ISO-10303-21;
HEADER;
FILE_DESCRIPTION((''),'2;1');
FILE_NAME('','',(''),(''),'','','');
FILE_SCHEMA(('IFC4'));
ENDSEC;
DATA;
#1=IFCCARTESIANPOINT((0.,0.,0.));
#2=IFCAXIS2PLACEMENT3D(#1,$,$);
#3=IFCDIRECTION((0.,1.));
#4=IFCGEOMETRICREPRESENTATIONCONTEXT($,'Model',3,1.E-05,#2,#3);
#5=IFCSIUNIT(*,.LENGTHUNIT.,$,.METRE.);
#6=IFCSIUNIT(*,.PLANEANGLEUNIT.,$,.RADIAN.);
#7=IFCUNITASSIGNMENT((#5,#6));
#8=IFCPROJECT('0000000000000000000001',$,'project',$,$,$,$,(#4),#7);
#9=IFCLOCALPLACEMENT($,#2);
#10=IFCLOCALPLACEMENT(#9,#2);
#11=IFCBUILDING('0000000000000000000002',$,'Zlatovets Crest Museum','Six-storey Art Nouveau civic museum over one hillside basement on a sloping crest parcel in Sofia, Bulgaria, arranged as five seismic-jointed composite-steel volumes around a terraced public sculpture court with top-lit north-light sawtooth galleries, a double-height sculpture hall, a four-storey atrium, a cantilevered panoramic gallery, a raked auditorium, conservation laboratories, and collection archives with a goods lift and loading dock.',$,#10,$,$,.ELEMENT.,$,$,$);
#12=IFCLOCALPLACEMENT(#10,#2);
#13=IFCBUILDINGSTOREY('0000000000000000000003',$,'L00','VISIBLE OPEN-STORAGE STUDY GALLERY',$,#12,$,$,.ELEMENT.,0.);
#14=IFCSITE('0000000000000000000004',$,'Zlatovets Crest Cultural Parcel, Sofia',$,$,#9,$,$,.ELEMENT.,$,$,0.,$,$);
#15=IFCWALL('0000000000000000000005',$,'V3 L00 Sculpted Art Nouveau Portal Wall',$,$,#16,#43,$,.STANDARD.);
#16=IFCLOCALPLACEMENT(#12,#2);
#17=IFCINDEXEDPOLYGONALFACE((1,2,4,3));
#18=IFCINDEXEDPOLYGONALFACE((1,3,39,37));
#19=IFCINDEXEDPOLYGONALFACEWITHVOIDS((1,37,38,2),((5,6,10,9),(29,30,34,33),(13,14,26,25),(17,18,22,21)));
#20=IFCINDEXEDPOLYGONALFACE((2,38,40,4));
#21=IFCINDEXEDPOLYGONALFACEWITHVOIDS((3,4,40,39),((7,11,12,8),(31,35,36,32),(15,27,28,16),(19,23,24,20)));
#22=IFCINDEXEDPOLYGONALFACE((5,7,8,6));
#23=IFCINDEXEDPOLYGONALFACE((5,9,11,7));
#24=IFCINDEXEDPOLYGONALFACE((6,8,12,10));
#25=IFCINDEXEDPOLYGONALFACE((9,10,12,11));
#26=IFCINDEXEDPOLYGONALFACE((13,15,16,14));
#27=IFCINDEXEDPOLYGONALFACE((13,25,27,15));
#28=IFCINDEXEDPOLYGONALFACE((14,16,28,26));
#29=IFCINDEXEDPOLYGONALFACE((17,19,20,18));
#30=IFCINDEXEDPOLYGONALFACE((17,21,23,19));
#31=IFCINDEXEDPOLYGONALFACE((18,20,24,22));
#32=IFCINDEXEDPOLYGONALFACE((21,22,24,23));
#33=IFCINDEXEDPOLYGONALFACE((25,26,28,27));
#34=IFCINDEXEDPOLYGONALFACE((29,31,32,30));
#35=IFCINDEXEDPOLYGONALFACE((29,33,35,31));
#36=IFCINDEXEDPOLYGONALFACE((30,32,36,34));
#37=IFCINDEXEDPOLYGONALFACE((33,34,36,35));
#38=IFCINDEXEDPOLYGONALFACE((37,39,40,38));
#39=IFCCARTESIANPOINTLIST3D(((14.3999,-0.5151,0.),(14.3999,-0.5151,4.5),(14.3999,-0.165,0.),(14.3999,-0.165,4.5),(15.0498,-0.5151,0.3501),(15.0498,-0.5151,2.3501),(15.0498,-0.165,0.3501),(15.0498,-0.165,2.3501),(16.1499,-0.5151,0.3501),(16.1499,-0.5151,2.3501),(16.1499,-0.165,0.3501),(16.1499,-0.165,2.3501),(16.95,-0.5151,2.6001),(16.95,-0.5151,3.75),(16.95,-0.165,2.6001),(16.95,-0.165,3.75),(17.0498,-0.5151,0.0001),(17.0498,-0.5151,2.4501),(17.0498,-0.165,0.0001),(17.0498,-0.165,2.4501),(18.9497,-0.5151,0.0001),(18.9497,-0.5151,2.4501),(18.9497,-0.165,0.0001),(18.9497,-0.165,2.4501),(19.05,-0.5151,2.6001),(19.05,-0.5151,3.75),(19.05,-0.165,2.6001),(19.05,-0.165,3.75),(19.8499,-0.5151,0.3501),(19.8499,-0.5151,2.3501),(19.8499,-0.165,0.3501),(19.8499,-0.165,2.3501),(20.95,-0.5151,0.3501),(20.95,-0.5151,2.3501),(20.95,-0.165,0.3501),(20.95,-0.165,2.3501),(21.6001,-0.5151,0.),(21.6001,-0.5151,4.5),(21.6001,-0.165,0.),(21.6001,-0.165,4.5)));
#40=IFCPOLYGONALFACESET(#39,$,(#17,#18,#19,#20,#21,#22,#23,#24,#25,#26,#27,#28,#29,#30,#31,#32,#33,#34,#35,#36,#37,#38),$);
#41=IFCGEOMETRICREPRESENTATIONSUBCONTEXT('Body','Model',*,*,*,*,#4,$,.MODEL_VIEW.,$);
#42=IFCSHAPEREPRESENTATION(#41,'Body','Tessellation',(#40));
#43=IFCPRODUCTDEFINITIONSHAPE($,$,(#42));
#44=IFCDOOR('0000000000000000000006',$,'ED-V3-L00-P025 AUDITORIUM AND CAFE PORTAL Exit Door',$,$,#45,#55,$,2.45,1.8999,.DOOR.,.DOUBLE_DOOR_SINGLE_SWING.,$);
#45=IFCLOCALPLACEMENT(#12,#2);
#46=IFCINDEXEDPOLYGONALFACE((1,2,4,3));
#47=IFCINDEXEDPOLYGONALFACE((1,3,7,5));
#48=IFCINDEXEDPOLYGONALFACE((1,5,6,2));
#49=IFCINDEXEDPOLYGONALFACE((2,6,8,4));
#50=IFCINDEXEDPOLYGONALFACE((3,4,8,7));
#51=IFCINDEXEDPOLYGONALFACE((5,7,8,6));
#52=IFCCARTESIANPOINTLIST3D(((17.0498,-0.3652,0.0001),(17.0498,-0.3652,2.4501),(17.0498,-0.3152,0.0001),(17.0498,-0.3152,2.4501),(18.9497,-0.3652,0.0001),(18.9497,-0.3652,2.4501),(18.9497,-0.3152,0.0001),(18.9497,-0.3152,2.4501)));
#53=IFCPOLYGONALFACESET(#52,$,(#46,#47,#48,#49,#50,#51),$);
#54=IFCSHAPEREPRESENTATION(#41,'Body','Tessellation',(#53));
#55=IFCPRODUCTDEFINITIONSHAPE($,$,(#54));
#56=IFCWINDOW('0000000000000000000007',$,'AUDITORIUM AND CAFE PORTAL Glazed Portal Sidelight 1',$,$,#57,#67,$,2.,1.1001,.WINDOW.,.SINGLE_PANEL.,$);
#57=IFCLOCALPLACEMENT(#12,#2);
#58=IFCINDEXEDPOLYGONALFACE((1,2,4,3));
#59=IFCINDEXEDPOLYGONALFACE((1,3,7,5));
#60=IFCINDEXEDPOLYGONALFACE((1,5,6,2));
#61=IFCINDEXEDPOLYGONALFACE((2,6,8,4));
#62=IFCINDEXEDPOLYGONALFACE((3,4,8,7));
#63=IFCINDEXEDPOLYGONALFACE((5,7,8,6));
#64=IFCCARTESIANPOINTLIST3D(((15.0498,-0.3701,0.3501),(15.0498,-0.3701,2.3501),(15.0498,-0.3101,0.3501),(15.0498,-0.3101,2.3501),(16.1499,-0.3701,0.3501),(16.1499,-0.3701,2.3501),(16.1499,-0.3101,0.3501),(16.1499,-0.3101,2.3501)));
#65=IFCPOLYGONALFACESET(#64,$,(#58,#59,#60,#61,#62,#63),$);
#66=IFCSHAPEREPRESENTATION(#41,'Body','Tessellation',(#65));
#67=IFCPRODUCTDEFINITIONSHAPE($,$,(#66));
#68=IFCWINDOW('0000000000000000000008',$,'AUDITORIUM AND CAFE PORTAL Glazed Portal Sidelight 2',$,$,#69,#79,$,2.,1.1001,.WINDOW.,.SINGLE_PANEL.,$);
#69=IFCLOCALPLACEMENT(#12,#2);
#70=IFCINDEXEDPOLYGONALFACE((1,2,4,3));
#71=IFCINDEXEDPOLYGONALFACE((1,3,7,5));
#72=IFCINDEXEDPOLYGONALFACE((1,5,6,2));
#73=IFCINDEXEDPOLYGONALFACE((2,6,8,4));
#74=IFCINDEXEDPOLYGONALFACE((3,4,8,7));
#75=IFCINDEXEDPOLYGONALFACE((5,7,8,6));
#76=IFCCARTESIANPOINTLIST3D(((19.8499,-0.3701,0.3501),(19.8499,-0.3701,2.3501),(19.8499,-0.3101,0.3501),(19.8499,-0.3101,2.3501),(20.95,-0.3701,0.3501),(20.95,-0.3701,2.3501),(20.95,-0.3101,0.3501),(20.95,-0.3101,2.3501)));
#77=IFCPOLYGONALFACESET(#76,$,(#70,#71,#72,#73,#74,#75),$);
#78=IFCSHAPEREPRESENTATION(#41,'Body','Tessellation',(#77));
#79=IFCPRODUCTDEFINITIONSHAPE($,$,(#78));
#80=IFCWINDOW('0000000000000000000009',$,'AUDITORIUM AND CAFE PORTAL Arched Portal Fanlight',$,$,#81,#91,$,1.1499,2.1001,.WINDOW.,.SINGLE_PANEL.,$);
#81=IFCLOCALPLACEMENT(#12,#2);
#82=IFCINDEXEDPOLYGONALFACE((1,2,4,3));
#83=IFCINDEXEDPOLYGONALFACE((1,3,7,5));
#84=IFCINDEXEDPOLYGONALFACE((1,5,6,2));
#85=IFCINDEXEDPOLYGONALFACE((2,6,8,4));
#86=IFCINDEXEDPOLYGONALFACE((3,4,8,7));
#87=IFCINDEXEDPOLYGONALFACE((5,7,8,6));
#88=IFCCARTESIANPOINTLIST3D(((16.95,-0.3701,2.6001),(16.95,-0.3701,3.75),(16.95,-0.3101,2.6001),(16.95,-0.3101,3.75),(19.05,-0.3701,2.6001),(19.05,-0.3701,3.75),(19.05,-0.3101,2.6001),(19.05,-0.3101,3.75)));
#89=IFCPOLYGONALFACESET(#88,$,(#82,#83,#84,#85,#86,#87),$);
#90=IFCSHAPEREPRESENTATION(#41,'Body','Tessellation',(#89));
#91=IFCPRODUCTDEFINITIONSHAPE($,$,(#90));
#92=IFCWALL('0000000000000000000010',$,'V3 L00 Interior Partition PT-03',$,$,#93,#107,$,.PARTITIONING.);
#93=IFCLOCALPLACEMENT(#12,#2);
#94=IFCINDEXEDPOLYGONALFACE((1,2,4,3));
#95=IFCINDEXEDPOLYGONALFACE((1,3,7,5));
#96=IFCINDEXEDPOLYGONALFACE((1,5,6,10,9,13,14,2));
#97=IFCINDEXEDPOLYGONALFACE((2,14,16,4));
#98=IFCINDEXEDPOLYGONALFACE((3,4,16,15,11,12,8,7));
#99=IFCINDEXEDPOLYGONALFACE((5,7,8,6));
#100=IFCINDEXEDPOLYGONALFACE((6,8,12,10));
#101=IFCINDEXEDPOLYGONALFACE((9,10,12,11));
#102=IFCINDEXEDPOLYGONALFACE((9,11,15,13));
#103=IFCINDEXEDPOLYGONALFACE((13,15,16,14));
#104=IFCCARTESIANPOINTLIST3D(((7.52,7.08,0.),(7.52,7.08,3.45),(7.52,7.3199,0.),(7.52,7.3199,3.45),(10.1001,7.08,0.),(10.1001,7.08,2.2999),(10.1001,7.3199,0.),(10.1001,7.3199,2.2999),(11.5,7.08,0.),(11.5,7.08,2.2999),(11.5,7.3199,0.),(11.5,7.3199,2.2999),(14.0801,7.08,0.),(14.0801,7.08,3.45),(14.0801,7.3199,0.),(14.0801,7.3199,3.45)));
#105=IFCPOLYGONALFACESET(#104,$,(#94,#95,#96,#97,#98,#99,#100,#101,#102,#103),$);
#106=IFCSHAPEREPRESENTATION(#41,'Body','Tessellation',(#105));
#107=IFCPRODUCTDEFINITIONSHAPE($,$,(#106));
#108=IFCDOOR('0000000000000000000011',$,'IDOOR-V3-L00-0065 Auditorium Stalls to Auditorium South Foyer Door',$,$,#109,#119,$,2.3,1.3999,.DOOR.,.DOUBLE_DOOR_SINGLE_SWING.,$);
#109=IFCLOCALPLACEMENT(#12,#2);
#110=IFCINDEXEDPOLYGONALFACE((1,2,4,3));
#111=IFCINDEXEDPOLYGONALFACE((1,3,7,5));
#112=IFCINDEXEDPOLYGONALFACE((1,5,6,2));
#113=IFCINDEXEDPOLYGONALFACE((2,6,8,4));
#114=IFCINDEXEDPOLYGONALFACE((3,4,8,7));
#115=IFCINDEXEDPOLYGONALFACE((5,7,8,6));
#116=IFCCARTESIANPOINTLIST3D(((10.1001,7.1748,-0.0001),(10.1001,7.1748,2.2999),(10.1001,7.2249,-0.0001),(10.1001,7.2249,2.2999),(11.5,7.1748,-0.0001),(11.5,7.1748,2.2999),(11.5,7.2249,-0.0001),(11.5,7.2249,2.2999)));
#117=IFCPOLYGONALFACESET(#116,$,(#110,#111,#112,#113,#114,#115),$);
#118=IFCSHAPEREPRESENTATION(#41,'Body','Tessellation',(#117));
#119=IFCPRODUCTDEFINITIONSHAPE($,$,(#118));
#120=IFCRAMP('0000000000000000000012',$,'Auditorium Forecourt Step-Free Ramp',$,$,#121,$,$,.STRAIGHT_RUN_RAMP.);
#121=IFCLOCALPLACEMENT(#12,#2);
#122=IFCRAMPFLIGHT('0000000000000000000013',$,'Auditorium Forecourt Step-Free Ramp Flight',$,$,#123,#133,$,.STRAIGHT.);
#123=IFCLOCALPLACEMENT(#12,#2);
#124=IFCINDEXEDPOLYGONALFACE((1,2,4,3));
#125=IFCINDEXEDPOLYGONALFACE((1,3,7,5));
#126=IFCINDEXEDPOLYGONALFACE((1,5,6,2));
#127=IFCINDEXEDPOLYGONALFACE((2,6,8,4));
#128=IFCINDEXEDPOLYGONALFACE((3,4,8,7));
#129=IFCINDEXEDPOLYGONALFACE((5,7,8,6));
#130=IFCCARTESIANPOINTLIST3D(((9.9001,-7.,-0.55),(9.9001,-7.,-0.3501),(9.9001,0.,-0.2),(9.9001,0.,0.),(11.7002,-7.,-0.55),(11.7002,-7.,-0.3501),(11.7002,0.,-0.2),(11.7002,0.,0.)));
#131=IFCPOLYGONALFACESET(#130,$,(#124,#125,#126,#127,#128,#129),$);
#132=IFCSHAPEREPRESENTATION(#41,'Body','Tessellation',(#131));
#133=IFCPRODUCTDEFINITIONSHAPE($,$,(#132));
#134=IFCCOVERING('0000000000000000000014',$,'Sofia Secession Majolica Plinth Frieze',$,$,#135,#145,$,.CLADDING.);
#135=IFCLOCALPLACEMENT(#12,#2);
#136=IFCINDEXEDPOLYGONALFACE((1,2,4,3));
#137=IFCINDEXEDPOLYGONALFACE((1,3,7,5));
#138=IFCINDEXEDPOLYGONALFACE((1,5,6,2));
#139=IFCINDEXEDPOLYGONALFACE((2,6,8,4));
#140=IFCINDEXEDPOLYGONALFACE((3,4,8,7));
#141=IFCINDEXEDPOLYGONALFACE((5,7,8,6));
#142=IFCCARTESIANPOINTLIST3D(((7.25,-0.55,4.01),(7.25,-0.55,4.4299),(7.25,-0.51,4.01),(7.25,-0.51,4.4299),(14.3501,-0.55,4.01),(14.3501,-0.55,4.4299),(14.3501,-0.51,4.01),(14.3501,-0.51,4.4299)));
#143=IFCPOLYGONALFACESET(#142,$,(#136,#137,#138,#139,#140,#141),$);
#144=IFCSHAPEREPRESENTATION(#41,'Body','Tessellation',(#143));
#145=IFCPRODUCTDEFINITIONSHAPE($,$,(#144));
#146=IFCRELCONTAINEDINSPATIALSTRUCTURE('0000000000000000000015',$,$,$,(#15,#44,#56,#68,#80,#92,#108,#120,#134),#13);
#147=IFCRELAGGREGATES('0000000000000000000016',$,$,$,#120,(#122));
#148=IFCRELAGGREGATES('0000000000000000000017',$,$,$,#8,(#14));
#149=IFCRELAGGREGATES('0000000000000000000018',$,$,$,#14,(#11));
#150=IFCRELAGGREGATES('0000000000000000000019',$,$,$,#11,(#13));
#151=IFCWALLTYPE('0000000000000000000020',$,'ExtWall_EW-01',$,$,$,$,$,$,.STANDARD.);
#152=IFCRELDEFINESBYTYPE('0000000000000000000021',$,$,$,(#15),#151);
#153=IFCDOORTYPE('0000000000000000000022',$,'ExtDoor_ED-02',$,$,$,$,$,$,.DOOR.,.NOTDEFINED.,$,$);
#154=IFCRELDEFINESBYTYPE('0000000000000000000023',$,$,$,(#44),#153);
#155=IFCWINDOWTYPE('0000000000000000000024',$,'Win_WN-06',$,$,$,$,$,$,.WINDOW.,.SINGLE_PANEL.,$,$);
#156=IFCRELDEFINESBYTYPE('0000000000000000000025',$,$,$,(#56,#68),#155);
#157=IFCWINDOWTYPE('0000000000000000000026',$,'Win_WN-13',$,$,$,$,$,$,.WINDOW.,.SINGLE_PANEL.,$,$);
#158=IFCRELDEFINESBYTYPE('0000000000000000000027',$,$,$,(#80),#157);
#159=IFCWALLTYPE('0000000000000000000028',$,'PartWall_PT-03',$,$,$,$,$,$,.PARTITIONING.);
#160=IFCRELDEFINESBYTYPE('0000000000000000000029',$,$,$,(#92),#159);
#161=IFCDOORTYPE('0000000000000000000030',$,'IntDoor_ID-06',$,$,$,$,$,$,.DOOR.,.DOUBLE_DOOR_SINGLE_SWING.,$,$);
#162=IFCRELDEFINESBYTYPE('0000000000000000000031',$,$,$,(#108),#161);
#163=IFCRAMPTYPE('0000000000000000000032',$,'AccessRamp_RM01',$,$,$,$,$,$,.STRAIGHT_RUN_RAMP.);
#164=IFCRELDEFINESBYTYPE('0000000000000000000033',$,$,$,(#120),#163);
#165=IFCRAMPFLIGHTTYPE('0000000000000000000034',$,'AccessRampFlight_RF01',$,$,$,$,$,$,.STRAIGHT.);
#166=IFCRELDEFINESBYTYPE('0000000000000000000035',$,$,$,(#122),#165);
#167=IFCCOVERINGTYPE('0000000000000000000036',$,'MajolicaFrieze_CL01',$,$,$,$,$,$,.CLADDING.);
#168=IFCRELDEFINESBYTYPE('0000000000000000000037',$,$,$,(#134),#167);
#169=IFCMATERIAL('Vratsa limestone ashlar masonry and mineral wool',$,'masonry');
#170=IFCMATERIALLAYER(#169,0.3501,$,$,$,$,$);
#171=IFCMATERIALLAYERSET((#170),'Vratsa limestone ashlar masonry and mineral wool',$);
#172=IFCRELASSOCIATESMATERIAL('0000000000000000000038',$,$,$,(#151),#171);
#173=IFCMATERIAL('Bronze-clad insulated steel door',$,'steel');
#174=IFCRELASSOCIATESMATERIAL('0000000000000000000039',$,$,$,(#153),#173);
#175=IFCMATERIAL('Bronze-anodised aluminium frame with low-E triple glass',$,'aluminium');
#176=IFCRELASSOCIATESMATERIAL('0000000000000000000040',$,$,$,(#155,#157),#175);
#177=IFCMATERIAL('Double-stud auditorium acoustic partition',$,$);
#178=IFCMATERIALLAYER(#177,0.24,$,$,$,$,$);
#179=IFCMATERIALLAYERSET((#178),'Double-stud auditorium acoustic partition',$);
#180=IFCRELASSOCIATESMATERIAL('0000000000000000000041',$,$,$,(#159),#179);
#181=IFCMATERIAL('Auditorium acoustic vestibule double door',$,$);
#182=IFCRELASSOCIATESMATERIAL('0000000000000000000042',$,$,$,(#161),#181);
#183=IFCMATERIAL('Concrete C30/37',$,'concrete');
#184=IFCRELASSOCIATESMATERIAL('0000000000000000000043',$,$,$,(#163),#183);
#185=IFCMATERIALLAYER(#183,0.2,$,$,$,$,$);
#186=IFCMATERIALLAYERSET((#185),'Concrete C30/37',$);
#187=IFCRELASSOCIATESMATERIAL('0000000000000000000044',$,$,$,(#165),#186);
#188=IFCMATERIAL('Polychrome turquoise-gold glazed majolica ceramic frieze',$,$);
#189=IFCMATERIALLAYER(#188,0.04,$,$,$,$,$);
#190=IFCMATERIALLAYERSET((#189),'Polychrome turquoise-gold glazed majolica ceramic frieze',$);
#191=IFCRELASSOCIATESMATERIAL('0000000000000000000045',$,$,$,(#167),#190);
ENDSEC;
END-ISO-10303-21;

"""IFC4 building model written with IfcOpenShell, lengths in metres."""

from ifc_helpers import new_model, si_unit, direction, frame, frame_2d, origin, origin_2d, place, context, subcontext, project, spatial, polyline, rectangle, outline, extrude, material, layer, layer_set, type_object, element, fill, aggregate, save


model = new_model("IFC4")

# Units and contexts
model_context = context("Model", 3, precision=1e-05, world=origin(), true_north=direction((0.0, 1.0)))
body_context = subcontext(model_context, "Body", "Model", "MODEL_VIEW")
ifc_project = project(units=[si_unit("LENGTHUNIT", "METRE"), si_unit("PLANEANGLEUNIT", "RADIAN")], contexts=[model_context])

# Site, building, storey
site_placement = place(None, origin())
site = spatial("IfcSite", under=ifc_project, at=site_placement, Name="Zlatovets Crest Cultural Parcel, Sofia", CompositionType="ELEMENT", RefElevation=0.0)
building_placement = place(site_placement, origin())
building = spatial("IfcBuilding", under=site, at=building_placement, Name="Zlatovets Crest Museum", Description="Six-storey Art Nouveau civic museum over one hillside basement on a sloping crest parcel in Sofia, Bulgaria, arranged as five seismic-jointed composite-steel volumes around a terraced public sculpture court with top-lit north-light sawtooth galleries, a double-height sculpture hall, a four-storey atrium, a cantilevered panoramic gallery, a raked auditorium, conservation laboratories, and collection archives with a goods lift and loading dock.", CompositionType="ELEMENT")
storey_placement = place(building_placement, origin())
storey = spatial("IfcBuildingStorey", under=building, at=storey_placement, Name="L00", Description="VISIBLE OPEN-STORAGE STUDY GALLERY", CompositionType="ELEMENT", Elevation=0.0)

# Wall, openings, door, windows
ifc_material_1 = material(Name="Vratsa limestone ashlar masonry and mineral wool", Category="masonry")
ifc_layer_1 = layer(ifc_material_1, 0.3501)
ifc_layer_set_1 = layer_set([ifc_layer_1], Name="Vratsa limestone ashlar masonry and mineral wool")
wall_type_1 = type_object("IfcWallType", Name="ExtWall_EW-01", PredefinedType="STANDARD", material=ifc_layer_set_1)
wall_1_placement = place(storey_placement, frame((14.3999, -0.3401, 0.0), z_axis=(0.0, 0.0, 1.0), x_axis=(1.0, 0.0, 0.0)))
wall_1 = element("IfcWall", 1, at=wall_1_placement, inside=storey, type_object=wall_type_1, Name="V3 L00 Sculpted Art Nouveau Portal Wall", PredefinedType="STANDARD", context=body_context, shape_type="SweptSolid", body=[
    extrude(rectangle(XDim=7.2002, YDim=0.3501, at=frame_2d((3.6001, 0.0))), origin(), (0.0, 0.0, 1.0), 4.5),
])
opening_1_placement = place(wall_1_placement, frame((2.6499, 0.0, 0.0)))
opening_1 = element("IfcOpeningElement", 2, at=opening_1_placement, cuts=wall_1, PredefinedType="OPENING", context=body_context, shape_type="SweptSolid", body=[
    extrude(rectangle(XDim=1.8999, YDim=2.45, at=frame_2d((0.95, 1.2251))), frame((0.0, 0.1851, 0.0), z_axis=(0.0, -1.0, 0.0), x_axis=(1.0, 0.0, 0.0)), (0.0, 0.0, 1.0), 0.3701),
])
opening_2_placement = place(wall_1_placement, frame((2.55, 0.0, 2.6001)))
opening_2 = element("IfcOpeningElement", 3, at=opening_2_placement, cuts=wall_1, PredefinedType="OPENING", context=body_context, shape_type="SweptSolid", body=[
    extrude(rectangle(XDim=2.1001, YDim=1.1499, at=frame_2d((1.05, 0.575))), frame((0.0, 0.1851, 0.0), z_axis=(0.0, -1.0, 0.0), x_axis=(1.0, 0.0, 0.0)), (0.0, 0.0, 1.0), 0.3701),
])
opening_3_placement = place(wall_1_placement, frame((0.6499, 0.0, 0.3501)))
opening_3 = element("IfcOpeningElement", 4, at=opening_3_placement, cuts=wall_1, PredefinedType="OPENING", context=body_context, shape_type="SweptSolid", body=[
    extrude(rectangle(XDim=1.1001, YDim=2.0, at=frame_2d((0.55, 1.0))), frame((0.0, 0.1851, 0.0), z_axis=(0.0, -1.0, 0.0), x_axis=(1.0, 0.0, 0.0)), (0.0, 0.0, 1.0), 0.3701),
])
opening_4_placement = place(wall_1_placement, frame((5.45, 0.0, 0.3501)))
opening_4 = element("IfcOpeningElement", 5, at=opening_4_placement, cuts=wall_1, PredefinedType="OPENING", context=body_context, shape_type="SweptSolid", body=[
    extrude(rectangle(XDim=1.1001, YDim=2.0, at=frame_2d((0.55, 1.0))), frame((0.0, 0.1851, 0.0), z_axis=(0.0, -1.0, 0.0), x_axis=(1.0, 0.0, 0.0)), (0.0, 0.0, 1.0), 0.3701),
])
ifc_material_2 = material(Name="Bronze-clad insulated steel door", Category="steel")
door_type_1 = type_object("IfcDoorType", Name="ExtDoor_ED-02", OperationType="NOTDEFINED", PredefinedType="DOOR", material=ifc_material_2)
door_1_placement = place(opening_1_placement, origin())
door_1 = element("IfcDoor", 6, at=door_1_placement, inside=storey, type_object=door_type_1, Name="ED-V3-L00-P025 AUDITORIUM AND CAFE PORTAL Exit Door", OperationType="DOUBLE_DOOR_SINGLE_SWING", OverallHeight=2.45, OverallWidth=1.8999, PredefinedType="DOOR", context=body_context, shape_type="SweptSolid", body=[
    extrude(rectangle(XDim=1.8999, YDim=2.45, at=frame_2d((0.95, 1.2251))), frame((0.0, 0.0249, 0.0), z_axis=(0.0, -1.0, 0.0), x_axis=(1.0, 0.0, 0.0)), (0.0, 0.0, 1.0), 0.05),
])
fill(opening_1, door_1)
ifc_material_3 = material(Name="Bronze-anodised aluminium frame with low-E triple glass", Category="aluminium")
window_type_1 = type_object("IfcWindowType", Name="Win_WN-06", PartitioningType="SINGLE_PANEL", PredefinedType="WINDOW", material=ifc_material_3)
window_1_placement = place(opening_3_placement, origin())
window_1 = element("IfcWindow", 7, at=window_1_placement, inside=storey, type_object=window_type_1, Name="AUDITORIUM AND CAFE PORTAL Glazed Portal Sidelight 1", OverallHeight=2.0, OverallWidth=1.1001, PartitioningType="SINGLE_PANEL", PredefinedType="WINDOW", context=body_context, shape_type="SweptSolid", body=[
    extrude(rectangle(XDim=1.1001, YDim=2.0, at=frame_2d((0.55, 1.0))), frame((0.0, 0.03, 0.0), z_axis=(0.0, -1.0, 0.0), x_axis=(1.0, 0.0, 0.0)), (0.0, 0.0, 1.0), 0.0601),
])
fill(opening_3, window_1)
window_2_placement = place(opening_4_placement, origin())
window_2 = element("IfcWindow", 8, at=window_2_placement, inside=storey, type_object=window_type_1, Name="AUDITORIUM AND CAFE PORTAL Glazed Portal Sidelight 2", OverallHeight=2.0, OverallWidth=1.1001, PartitioningType="SINGLE_PANEL", PredefinedType="WINDOW", context=body_context, shape_type="SweptSolid", body=[
    extrude(rectangle(XDim=1.1001, YDim=2.0, at=frame_2d((0.55, 1.0))), frame((0.0, 0.03, 0.0), z_axis=(0.0, -1.0, 0.0), x_axis=(1.0, 0.0, 0.0)), (0.0, 0.0, 1.0), 0.0601),
])
fill(opening_4, window_2)
window_type_2 = type_object("IfcWindowType", Name="Win_WN-13", PartitioningType="SINGLE_PANEL", PredefinedType="WINDOW", material=ifc_material_3)
window_3_placement = place(opening_2_placement, origin())
window_3 = element("IfcWindow", 9, at=window_3_placement, inside=storey, type_object=window_type_2, Name="AUDITORIUM AND CAFE PORTAL Arched Portal Fanlight", OverallHeight=1.1499, OverallWidth=2.1001, PartitioningType="SINGLE_PANEL", PredefinedType="WINDOW", context=body_context, shape_type="SweptSolid", body=[
    extrude(rectangle(XDim=2.1001, YDim=1.1499, at=frame_2d((1.05, 0.575))), frame((0.0, 0.03, 0.0), z_axis=(0.0, -1.0, 0.0), x_axis=(1.0, 0.0, 0.0)), (0.0, 0.0, 1.0), 0.0601),
])
fill(opening_2, window_3)

# Wall, opening, door
ifc_material_4 = material(Name="Double-stud auditorium acoustic partition")
ifc_layer_2 = layer(ifc_material_4, 0.24)
ifc_layer_set_2 = layer_set([ifc_layer_2], Name="Double-stud auditorium acoustic partition")
wall_type_2 = type_object("IfcWallType", Name="PartWall_PT-03", PredefinedType="PARTITIONING", material=ifc_layer_set_2)
wall_2_placement = place(storey_placement, frame((7.52, 7.2, 0.0), z_axis=(0.0, 0.0, 1.0), x_axis=(1.0, 0.0, 0.0)))
wall_2 = element("IfcWall", 10, at=wall_2_placement, inside=storey, type_object=wall_type_2, Name="V3 L00 Interior Partition PT-03", PredefinedType="PARTITIONING", context=body_context, shape_type="SweptSolid", body=[
    extrude(rectangle(XDim=6.5601, YDim=0.24, at=frame_2d((3.28, 0.0))), origin(), (0.0, 0.0, 1.0), 3.45),
])
opening_5_placement = place(wall_2_placement, frame((2.5801, 0.0, 0.0)))
opening_5 = element("IfcOpeningElement", 11, at=opening_5_placement, cuts=wall_2, PredefinedType="OPENING", context=body_context, shape_type="SweptSolid", body=[
    extrude(rectangle(XDim=1.3999, YDim=2.3, at=frame_2d((0.7, 1.1499))), frame((0.0, 0.1299, 0.0), z_axis=(0.0, -1.0, 0.0), x_axis=(1.0, 0.0, 0.0)), (0.0, 0.0, 1.0), 0.26),
])
ifc_material_5 = material(Name="Auditorium acoustic vestibule double door")
door_type_2 = type_object("IfcDoorType", Name="IntDoor_ID-06", OperationType="DOUBLE_DOOR_SINGLE_SWING", PredefinedType="DOOR", material=ifc_material_5)
door_2_placement = place(opening_5_placement, origin())
door_2 = element("IfcDoor", 12, at=door_2_placement, inside=storey, type_object=door_type_2, Name="IDOOR-V3-L00-0065 Auditorium Stalls to Auditorium South Foyer Door", OperationType="DOUBLE_DOOR_SINGLE_SWING", OverallHeight=2.3, OverallWidth=1.3999, PredefinedType="DOOR", context=body_context, shape_type="SweptSolid", body=[
    extrude(rectangle(XDim=1.3999, YDim=2.3, at=frame_2d((0.7, 1.1499))), frame((0.0, 0.0249, 0.0), z_axis=(0.0, -1.0, 0.0), x_axis=(1.0, 0.0, 0.0)), (0.0, 0.0, 1.0), 0.05),
])
fill(opening_5, door_2)

# Ramp, ramp flight
ifc_material_6 = material(Name="Concrete C30/37", Category="concrete")
ramp_type = type_object("IfcRampType", Name="AccessRamp_RM01", PredefinedType="STRAIGHT_RUN_RAMP", material=ifc_material_6)
ramp_placement = place(storey_placement, origin())
ramp = element("IfcRamp", 13, at=ramp_placement, inside=storey, type_object=ramp_type, Name="Auditorium Forecourt Step-Free Ramp", PredefinedType="STRAIGHT_RUN_RAMP")
ifc_layer_3 = layer(ifc_material_6, 0.2)
ifc_layer_set_3 = layer_set([ifc_layer_3], Name="Concrete C30/37")
ramp_flight_type = type_object("IfcRampFlightType", Name="AccessRampFlight_RF01", PredefinedType="STRAIGHT", material=ifc_layer_set_3)
ramp_flight_placement = place(storey_placement, frame((10.8, -7.0, -0.3501), z_axis=(0.0, 0.0, 1.0), x_axis=(0.0, 1.0, 0.0)))
ramp_flight = element("IfcRampFlight", 14, at=ramp_flight_placement, type_object=ramp_flight_type, Name="Auditorium Forecourt Step-Free Ramp Flight", PredefinedType="STRAIGHT", context=body_context, shape_type="SweptSolid", body=[
    extrude(outline(polyline([(0.0, 0.0), (7.0, 0.3501), (7.0, 0.1501), (0.0, -0.2), (0.0, 0.0)])), frame((0.0, 0.8999, 0.0), z_axis=(0.0, -1.0, 0.0), x_axis=(1.0, 0.0, 0.0)), (0.0, 0.0, 1.0), 1.8),
])
aggregate(ramp, [ramp_flight])

# Covering
ifc_material_7 = material(Name="Polychrome turquoise-gold glazed majolica ceramic frieze")
ifc_layer_4 = layer(ifc_material_7, 0.04)
ifc_layer_set_4 = layer_set([ifc_layer_4], Name="Polychrome turquoise-gold glazed majolica ceramic frieze")
covering_type = type_object("IfcCoveringType", Name="MajolicaFrieze_CL01", PredefinedType="CLADDING", material=ifc_layer_set_4)
covering_placement = place(storey_placement, frame((10.8, -0.53, 4.01), z_axis=(0.0, 0.0, 1.0), x_axis=(1.0, 0.0, 0.0)))
element("IfcCovering", 15, at=covering_placement, inside=storey, type_object=covering_type, Name="Sofia Secession Majolica Plinth Frieze", PredefinedType="CLADDING", context=body_context, shape_type="SweptSolid", body=[
    extrude(rectangle(XDim=7.1001, YDim=0.04, at=origin_2d()), origin(), (0.0, 0.0, 1.0), 0.4199),
])

save(model, "model.ifc")
